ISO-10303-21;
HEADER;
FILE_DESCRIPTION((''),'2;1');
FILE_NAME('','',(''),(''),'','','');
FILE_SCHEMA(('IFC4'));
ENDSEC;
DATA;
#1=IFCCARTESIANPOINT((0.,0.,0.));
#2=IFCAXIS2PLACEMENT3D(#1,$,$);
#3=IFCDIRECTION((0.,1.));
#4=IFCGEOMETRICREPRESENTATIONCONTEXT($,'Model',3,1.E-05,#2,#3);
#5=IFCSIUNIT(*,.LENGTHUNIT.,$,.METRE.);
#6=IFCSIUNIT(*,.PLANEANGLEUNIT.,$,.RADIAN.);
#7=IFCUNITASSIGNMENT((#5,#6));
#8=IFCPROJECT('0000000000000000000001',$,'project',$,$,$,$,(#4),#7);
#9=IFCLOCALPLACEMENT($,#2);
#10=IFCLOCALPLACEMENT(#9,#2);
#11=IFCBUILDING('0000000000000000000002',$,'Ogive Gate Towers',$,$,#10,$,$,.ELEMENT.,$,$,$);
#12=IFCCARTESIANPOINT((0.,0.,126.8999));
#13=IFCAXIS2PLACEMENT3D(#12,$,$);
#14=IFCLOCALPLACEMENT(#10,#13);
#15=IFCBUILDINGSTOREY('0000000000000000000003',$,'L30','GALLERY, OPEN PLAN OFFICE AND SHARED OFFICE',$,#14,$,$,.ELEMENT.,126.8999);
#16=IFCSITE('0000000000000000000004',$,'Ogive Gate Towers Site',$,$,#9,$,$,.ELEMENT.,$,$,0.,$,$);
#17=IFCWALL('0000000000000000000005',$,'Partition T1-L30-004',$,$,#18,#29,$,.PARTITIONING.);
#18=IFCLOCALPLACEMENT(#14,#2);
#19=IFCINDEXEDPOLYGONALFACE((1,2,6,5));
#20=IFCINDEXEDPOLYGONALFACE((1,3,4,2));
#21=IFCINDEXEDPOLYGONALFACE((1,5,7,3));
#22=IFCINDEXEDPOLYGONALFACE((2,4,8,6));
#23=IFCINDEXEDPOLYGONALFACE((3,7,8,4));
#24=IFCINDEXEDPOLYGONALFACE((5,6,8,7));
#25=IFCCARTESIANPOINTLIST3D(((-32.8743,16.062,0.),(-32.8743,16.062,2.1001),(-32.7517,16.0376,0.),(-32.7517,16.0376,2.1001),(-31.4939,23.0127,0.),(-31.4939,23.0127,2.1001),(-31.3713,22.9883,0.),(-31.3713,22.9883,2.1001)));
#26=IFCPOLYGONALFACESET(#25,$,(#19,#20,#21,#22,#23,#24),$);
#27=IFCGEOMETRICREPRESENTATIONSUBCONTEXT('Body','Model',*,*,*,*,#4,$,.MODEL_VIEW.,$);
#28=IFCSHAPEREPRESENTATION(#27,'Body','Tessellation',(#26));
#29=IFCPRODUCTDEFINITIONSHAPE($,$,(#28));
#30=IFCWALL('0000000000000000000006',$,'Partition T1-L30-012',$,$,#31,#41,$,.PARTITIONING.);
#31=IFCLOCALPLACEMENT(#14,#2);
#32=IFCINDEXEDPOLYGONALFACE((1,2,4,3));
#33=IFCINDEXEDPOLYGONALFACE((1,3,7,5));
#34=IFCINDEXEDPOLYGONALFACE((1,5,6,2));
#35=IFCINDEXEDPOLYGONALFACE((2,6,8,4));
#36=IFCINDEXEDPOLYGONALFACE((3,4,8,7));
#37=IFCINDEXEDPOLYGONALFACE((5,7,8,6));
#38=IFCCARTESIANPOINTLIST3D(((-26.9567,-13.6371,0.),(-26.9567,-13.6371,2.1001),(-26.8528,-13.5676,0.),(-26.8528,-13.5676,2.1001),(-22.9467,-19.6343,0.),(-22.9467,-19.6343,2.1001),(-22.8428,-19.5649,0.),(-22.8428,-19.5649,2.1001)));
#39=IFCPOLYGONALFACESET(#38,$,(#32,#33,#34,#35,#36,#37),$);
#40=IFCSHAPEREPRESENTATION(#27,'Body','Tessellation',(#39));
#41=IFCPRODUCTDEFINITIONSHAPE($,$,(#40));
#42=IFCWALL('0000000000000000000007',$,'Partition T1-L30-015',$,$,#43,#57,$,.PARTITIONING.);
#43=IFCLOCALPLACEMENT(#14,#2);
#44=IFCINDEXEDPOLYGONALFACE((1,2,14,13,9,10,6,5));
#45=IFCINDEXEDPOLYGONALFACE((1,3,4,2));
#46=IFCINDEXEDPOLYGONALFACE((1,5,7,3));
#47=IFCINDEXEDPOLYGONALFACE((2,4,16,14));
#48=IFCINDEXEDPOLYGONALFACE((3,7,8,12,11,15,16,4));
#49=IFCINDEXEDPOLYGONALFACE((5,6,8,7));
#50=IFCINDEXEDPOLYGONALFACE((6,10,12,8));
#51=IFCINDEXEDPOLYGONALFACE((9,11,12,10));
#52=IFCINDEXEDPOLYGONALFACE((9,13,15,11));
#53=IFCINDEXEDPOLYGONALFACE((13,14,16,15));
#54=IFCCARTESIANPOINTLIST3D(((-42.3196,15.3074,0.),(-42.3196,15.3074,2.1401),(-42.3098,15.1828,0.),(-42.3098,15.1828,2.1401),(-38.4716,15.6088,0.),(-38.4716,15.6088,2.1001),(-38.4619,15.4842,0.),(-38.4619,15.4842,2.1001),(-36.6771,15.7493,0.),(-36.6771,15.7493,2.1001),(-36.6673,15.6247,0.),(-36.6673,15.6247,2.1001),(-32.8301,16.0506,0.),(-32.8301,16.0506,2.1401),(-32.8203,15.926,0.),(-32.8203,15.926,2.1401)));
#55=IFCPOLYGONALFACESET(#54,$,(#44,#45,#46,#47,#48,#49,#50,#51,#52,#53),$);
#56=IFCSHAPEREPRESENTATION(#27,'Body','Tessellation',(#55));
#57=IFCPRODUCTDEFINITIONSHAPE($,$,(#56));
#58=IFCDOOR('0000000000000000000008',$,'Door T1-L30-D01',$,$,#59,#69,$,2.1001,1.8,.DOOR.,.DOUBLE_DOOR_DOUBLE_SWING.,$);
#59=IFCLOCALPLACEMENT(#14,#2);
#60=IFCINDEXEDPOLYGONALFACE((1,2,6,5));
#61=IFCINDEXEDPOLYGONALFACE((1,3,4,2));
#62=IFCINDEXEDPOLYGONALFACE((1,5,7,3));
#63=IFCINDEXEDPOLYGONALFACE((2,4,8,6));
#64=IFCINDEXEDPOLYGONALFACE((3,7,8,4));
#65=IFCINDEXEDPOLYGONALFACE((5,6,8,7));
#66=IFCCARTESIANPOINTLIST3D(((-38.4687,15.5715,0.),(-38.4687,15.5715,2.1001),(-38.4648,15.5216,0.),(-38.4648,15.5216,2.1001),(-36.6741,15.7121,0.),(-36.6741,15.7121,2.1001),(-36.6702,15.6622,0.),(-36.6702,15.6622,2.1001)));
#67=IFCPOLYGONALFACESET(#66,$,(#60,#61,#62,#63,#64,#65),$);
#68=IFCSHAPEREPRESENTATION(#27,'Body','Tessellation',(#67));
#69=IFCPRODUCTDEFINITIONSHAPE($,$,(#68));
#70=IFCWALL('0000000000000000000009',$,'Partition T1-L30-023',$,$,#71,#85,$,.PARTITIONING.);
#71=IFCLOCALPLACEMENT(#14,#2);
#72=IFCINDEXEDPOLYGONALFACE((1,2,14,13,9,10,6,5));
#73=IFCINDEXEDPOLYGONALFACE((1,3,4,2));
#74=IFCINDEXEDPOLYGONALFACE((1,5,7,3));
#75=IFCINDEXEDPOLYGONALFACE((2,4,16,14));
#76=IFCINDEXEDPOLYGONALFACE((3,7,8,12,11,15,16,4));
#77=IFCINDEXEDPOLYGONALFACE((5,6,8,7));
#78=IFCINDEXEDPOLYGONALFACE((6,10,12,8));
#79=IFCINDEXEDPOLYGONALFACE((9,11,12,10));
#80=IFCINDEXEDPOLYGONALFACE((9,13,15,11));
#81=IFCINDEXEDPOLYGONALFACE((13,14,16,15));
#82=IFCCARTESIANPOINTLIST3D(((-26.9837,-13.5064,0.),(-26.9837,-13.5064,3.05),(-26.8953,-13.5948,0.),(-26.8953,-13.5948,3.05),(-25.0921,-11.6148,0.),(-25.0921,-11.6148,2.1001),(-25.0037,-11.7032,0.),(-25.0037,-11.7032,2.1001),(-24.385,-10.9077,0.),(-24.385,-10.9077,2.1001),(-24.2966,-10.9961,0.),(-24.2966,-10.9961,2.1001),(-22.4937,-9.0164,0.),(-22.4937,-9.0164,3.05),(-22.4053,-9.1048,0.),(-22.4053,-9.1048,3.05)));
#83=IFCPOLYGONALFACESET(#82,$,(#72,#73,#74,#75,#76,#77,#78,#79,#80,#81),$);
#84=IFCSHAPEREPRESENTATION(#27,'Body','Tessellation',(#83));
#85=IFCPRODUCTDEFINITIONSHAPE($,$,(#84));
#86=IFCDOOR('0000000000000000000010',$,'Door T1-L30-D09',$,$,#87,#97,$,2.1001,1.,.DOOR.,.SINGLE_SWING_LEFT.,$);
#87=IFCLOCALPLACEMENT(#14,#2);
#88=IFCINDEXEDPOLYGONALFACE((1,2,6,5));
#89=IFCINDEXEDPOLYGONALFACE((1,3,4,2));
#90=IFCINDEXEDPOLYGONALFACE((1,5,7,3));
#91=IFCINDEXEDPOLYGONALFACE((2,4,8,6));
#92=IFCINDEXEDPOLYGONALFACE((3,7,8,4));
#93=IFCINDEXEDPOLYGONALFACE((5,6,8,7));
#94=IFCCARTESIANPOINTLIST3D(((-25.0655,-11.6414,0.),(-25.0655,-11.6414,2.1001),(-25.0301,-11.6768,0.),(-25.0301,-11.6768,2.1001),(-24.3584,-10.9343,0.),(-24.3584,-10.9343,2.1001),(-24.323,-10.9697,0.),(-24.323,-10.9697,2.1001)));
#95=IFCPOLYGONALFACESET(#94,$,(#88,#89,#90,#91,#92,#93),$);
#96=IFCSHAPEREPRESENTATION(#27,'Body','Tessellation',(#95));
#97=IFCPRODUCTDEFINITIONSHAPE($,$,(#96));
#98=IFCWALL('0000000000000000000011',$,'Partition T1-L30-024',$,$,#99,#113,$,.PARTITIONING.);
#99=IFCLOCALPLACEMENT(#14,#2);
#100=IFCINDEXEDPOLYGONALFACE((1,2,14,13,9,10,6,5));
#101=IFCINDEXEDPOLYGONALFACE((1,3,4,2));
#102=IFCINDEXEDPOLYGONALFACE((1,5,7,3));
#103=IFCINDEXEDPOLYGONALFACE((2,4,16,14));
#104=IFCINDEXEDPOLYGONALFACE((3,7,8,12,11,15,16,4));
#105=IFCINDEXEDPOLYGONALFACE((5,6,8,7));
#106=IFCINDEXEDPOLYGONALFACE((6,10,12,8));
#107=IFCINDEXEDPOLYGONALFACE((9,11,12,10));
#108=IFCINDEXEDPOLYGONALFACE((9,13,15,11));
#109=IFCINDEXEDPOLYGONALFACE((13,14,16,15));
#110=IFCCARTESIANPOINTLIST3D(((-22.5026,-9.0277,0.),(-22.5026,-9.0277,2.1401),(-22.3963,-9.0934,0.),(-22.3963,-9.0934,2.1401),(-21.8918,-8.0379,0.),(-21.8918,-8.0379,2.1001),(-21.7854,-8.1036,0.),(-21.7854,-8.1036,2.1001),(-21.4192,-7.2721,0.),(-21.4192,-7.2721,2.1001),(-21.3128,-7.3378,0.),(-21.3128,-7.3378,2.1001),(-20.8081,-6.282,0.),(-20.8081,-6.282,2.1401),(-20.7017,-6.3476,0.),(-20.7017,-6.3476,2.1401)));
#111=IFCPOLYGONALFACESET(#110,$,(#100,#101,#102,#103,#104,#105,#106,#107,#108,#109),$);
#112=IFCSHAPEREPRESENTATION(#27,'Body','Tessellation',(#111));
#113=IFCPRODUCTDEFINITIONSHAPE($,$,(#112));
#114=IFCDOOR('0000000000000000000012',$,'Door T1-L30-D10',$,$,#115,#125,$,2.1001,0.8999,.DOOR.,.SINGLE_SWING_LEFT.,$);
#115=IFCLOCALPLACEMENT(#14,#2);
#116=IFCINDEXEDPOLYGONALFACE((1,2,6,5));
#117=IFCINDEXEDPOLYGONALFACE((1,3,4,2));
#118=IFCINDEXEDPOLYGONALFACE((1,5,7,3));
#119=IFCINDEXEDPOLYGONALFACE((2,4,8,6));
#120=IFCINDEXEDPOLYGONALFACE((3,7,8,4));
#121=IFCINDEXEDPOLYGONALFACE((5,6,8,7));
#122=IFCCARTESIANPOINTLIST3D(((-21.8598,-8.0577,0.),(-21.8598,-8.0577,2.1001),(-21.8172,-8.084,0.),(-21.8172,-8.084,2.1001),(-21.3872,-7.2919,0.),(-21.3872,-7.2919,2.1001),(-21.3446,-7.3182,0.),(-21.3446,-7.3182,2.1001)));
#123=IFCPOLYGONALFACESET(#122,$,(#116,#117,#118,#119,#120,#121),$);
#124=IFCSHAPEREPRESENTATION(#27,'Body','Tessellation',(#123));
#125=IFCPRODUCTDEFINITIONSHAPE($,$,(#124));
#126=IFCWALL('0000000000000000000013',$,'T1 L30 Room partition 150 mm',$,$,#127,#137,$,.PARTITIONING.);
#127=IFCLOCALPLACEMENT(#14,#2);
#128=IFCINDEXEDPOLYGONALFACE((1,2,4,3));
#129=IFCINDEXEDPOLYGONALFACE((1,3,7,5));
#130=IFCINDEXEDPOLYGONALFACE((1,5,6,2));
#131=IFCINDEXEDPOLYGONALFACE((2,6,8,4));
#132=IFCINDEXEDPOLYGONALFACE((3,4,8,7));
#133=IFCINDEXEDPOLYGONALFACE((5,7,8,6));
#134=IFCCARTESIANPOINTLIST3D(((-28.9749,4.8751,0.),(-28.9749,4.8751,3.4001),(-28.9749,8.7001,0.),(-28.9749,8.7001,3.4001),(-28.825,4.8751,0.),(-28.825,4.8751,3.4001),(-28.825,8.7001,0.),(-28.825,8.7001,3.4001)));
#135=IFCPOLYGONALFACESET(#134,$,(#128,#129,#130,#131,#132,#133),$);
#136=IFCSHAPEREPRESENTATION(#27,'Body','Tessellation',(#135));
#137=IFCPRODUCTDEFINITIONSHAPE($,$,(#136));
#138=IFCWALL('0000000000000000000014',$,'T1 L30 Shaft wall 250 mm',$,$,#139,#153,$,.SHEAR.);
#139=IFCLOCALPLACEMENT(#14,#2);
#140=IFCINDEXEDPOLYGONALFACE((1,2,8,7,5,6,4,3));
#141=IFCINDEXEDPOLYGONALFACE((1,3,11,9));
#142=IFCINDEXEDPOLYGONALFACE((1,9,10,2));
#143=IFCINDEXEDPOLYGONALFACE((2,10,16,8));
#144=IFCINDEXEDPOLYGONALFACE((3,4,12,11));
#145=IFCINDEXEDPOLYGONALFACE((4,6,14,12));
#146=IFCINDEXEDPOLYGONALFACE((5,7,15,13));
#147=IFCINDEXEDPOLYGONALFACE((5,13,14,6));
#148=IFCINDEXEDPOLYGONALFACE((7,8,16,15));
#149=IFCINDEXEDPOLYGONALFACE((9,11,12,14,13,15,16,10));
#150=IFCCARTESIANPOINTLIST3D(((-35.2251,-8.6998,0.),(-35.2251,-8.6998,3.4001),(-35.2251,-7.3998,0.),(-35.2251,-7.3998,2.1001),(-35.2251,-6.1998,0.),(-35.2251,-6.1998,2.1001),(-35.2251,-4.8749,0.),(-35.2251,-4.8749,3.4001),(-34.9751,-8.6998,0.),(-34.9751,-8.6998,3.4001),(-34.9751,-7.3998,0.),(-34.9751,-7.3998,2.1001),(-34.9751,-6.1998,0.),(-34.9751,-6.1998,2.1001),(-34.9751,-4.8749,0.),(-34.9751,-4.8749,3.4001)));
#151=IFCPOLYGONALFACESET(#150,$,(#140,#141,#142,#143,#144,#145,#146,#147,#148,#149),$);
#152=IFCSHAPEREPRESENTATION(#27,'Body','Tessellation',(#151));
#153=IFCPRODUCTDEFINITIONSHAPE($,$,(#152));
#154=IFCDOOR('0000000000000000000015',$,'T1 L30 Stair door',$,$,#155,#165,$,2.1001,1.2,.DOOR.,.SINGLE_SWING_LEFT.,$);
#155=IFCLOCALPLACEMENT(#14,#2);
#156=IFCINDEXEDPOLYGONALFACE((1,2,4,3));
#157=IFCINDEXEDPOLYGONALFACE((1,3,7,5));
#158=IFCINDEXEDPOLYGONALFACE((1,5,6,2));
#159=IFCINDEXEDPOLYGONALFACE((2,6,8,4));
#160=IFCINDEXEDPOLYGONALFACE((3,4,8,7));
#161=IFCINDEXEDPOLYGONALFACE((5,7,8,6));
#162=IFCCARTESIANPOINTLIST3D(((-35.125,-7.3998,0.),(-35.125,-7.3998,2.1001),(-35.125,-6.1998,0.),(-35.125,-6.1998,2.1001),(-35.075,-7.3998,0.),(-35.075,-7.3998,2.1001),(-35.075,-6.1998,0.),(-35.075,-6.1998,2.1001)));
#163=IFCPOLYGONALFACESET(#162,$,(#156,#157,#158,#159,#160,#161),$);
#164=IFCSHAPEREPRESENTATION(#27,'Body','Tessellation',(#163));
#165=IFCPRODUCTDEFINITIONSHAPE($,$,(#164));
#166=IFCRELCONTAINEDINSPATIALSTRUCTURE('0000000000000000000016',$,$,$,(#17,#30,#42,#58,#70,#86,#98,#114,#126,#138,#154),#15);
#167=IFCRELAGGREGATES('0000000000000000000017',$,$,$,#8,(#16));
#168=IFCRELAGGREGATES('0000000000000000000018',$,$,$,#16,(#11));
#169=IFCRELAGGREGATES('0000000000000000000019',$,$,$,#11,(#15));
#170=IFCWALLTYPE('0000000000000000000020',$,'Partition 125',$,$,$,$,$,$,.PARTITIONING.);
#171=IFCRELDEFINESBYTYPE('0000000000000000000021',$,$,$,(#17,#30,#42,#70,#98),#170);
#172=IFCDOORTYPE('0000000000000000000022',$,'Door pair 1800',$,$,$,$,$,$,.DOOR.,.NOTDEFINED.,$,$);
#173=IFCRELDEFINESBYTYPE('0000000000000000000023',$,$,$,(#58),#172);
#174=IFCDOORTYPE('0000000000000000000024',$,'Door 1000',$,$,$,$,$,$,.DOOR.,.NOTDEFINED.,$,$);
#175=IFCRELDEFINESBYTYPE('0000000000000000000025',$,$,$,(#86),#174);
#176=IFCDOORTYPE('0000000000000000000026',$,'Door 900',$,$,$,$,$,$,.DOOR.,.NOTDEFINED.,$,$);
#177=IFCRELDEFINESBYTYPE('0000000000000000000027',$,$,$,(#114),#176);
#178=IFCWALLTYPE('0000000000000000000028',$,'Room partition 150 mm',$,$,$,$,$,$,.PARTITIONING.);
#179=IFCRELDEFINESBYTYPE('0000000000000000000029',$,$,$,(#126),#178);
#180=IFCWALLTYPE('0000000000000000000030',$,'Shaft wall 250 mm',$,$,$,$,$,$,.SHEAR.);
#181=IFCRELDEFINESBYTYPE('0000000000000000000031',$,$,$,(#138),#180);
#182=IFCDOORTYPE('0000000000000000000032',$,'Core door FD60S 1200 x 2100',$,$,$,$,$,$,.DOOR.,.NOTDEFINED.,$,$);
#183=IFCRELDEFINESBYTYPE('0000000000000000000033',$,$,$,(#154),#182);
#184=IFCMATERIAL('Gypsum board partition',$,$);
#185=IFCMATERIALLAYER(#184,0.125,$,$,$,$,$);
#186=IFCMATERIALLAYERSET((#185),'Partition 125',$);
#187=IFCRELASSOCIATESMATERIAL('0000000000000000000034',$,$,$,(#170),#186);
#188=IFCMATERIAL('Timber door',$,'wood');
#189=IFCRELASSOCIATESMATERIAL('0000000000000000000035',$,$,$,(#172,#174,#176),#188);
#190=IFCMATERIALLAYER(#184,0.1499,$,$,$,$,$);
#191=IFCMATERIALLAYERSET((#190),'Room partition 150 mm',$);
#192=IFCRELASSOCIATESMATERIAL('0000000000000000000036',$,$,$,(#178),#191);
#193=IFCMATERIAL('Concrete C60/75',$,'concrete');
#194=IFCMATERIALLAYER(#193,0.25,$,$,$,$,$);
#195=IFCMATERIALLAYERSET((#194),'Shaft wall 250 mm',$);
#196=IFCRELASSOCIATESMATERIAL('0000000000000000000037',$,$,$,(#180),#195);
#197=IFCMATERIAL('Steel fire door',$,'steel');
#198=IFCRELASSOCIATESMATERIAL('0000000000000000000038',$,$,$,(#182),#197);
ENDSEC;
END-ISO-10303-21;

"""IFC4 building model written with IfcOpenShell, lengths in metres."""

from ifc_helpers import new_model, si_unit, direction, frame, frame_2d, origin, place, context, subcontext, project, spatial, rectangle, extrude, material, layer, layer_set, type_object, element, fill, save


model = new_model("IFC4")

# Units and contexts
model_context = context("Model", 3, precision=1e-05, world=origin(), true_north=direction((0.0, 1.0)))
body_context = subcontext(model_context, "Body", "Model", "MODEL_VIEW")
ifc_project = project(units=[si_unit("LENGTHUNIT", "METRE"), si_unit("PLANEANGLEUNIT", "RADIAN")], contexts=[model_context])

# Site, building, storey
site_placement = place(None, origin())
site = spatial("IfcSite", under=ifc_project, at=site_placement, Name="Ogive Gate Towers Site", CompositionType="ELEMENT", RefElevation=0.0)
building_placement = place(site_placement, origin())
building = spatial("IfcBuilding", under=site, at=building_placement, Name="Ogive Gate Towers", CompositionType="ELEMENT")
storey_placement = place(building_placement, frame((0.0, 0.0, 126.8999)))
storey = spatial("IfcBuildingStorey", under=building, at=storey_placement, Name="L30", Description="GALLERY, OPEN PLAN OFFICE AND SHARED OFFICE", CompositionType="ELEMENT", Elevation=126.8999)

# Shared definitions
ifc_material_1 = material(Name="Concrete C60/75", Category="concrete")
ifc_material_2 = material(Name="Steel fire door", Category="steel")

# Walls
ifc_material_3 = material(Name="Gypsum board partition")
ifc_layer_1 = layer(ifc_material_3, 0.125)
ifc_layer_set_1 = layer_set([ifc_layer_1], Name="Partition 125")
wall_type_1 = type_object("IfcWallType", Name="Partition 125", PredefinedType="PARTITIONING", material=ifc_layer_set_1)
wall_1_placement = place(storey_placement, frame((-31.4326, 23.0005, 0.0), z_axis=(0.0, 0.0, 1.0), x_axis=(-0.194791, -0.980845, 0.0)))
element("IfcWall", 1, at=wall_1_placement, inside=storey, type_object=wall_type_1, Name="Partition T1-L30-004", PredefinedType="PARTITIONING", context=body_context, shape_type="SweptSolid", body=[
    extrude(rectangle(XDim=7.0864, YDim=0.125, at=frame_2d((3.5432, 0.0))), origin(), (0.0, 0.0, 1.0), 2.1001),
])
wall_2_placement = place(storey_placement, frame((-22.8948, -19.5996, 0.0), z_axis=(0.0, 0.0, 1.0), x_axis=(-0.555832, 0.831295, 0.0)))
element("IfcWall", 2, at=wall_2_placement, inside=storey, type_object=wall_type_1, Name="Partition T1-L30-012", PredefinedType="PARTITIONING", context=body_context, shape_type="SweptSolid", body=[
    extrude(rectangle(XDim=7.2144, YDim=0.125, at=frame_2d((3.6072, 0.0))), origin(), (0.0, 0.0, 1.0), 2.1001),
])

# Walls, openings, doors
wall_3_placement = place(storey_placement, frame((-32.8252, 15.9883, 0.0), z_axis=(0.0, 0.0, 1.0), x_axis=(-0.996947, -0.078075, 0.0)))
wall_3 = element("IfcWall", 3, at=wall_3_placement, inside=storey, type_object=wall_type_1, Name="Partition T1-L30-015", PredefinedType="PARTITIONING", context=body_context, shape_type="SweptSolid", body=[
    extrude(rectangle(XDim=9.5186, YDim=0.125, at=frame_2d((4.7593, 0.0))), origin(), (0.0, 0.0, 1.0), 2.1401),
])
opening_1_placement = place(wall_3_placement, frame((3.8589, 0.0, 0.0)))
opening_1 = element("IfcOpeningElement", 4, at=opening_1_placement, cuts=wall_3, PredefinedType="OPENING", context=body_context, shape_type="SweptSolid", body=[
    extrude(rectangle(XDim=1.8, YDim=2.1001, at=frame_2d((0.8999, 1.05))), frame((0.0, 0.0725, 0.0), z_axis=(0.0, -1.0, 0.0), x_axis=(1.0, 0.0, 0.0)), (0.0, 0.0, 1.0), 0.145),
])
ifc_material_4 = material(Name="Timber door", Category="wood")
door_type_1 = type_object("IfcDoorType", Name="Door pair 1800", OperationType="NOTDEFINED", PredefinedType="DOOR", material=ifc_material_4)
door_1_placement = place(opening_1_placement, origin())
door_1 = element("IfcDoor", 5, at=door_1_placement, inside=storey, type_object=door_type_1, Name="Door T1-L30-D01", OperationType="DOUBLE_DOOR_DOUBLE_SWING", OverallHeight=2.1001, OverallWidth=1.8, PredefinedType="DOOR", context=body_context, shape_type="SweptSolid", body=[
    extrude(rectangle(XDim=1.8, YDim=2.1001, at=frame_2d((0.8999, 1.05))), frame((0.0, 0.0249, 0.0), z_axis=(0.0, -1.0, 0.0), x_axis=(1.0, 0.0, 0.0)), (0.0, 0.0, 1.0), 0.05),
])
fill(opening_1, door_1)
wall_4_placement = place(storey_placement, frame((-26.9395, -13.5505, 0.0), z_axis=(0.0, 0.0, 1.0), x_axis=(0.707107, 0.707107, 0.0)))
wall_4 = element("IfcWall", 6, at=wall_4_placement, inside=storey, type_object=wall_type_1, Name="Partition T1-L30-023", PredefinedType="PARTITIONING", context=body_context, shape_type="SweptSolid", body=[
    extrude(rectangle(XDim=6.3499, YDim=0.125, at=frame_2d((3.1748, 0.0))), origin(), (0.0, 0.0, 1.0), 3.05),
])
opening_2_placement = place(wall_4_placement, frame((2.675, 0.0, 0.0)))
opening_2 = element("IfcOpeningElement", 7, at=opening_2_placement, cuts=wall_4, PredefinedType="OPENING", context=body_context, shape_type="SweptSolid", body=[
    extrude(rectangle(XDim=1.0, YDim=2.1001, at=frame_2d((0.5, 1.05))), frame((0.0, 0.0725, 0.0), z_axis=(0.0, -1.0, 0.0), x_axis=(1.0, 0.0, 0.0)), (0.0, 0.0, 1.0), 0.145),
])
door_type_2 = type_object("IfcDoorType", Name="Door 1000", OperationType="NOTDEFINED", PredefinedType="DOOR", material=ifc_material_4)
door_2_placement = place(opening_2_placement, origin())
door_2 = element("IfcDoor", 8, at=door_2_placement, inside=storey, type_object=door_type_2, Name="Door T1-L30-D09", OperationType="SINGLE_SWING_LEFT", OverallHeight=2.1001, OverallWidth=1.0, PredefinedType="DOOR", context=body_context, shape_type="SweptSolid", body=[
    extrude(rectangle(XDim=1.0, YDim=2.1001, at=frame_2d((0.5, 1.05))), frame((0.0, 0.0249, 0.0), z_axis=(0.0, -1.0, 0.0), x_axis=(1.0, 0.0, 0.0)), (0.0, 0.0, 1.0), 0.05),
])
fill(opening_2, door_2)
wall_5_placement = place(storey_placement, frame((-22.4495, -9.0605, 0.0), z_axis=(0.0, 0.0, 1.0), x_axis=(0.525182, 0.85099, 0.0)))
wall_5 = element("IfcWall", 9, at=wall_5_placement, inside=storey, type_object=wall_type_1, Name="Partition T1-L30-024", PredefinedType="PARTITIONING", context=body_context, shape_type="SweptSolid", body=[
    extrude(rectangle(XDim=3.2266, YDim=0.125, at=frame_2d((1.6133, 0.0))), origin(), (0.0, 0.0, 1.0), 2.1401),
])
opening_3_placement = place(wall_5_placement, frame((1.1631, 0.0, 0.0)))
opening_3 = element("IfcOpeningElement", 10, at=opening_3_placement, cuts=wall_5, PredefinedType="OPENING", context=body_context, shape_type="SweptSolid", body=[
    extrude(rectangle(XDim=0.8999, YDim=2.1001, at=frame_2d((0.45, 1.05))), frame((0.0, 0.0725, 0.0), z_axis=(0.0, -1.0, 0.0), x_axis=(1.0, 0.0, 0.0)), (0.0, 0.0, 1.0), 0.145),
])
door_type_3 = type_object("IfcDoorType", Name="Door 900", OperationType="NOTDEFINED", PredefinedType="DOOR", material=ifc_material_4)
door_3_placement = place(opening_3_placement, origin())
door_3 = element("IfcDoor", 11, at=door_3_placement, inside=storey, type_object=door_type_3, Name="Door T1-L30-D10", OperationType="SINGLE_SWING_LEFT", OverallHeight=2.1001, OverallWidth=0.8999, PredefinedType="DOOR", context=body_context, shape_type="SweptSolid", body=[
    extrude(rectangle(XDim=0.8999, YDim=2.1001, at=frame_2d((0.45, 1.05))), frame((0.0, 0.0249, 0.0), z_axis=(0.0, -1.0, 0.0), x_axis=(1.0, 0.0, 0.0)), (0.0, 0.0, 1.0), 0.05),
])
fill(opening_3, door_3)

# Wall
ifc_layer_2 = layer(ifc_material_3, 0.1499)
ifc_layer_set_2 = layer_set([ifc_layer_2], Name="Room partition 150 mm")
wall_type_2 = type_object("IfcWallType", Name="Room partition 150 mm", PredefinedType="PARTITIONING", material=ifc_layer_set_2)
wall_6_placement = place(storey_placement, frame((-28.8999, 4.875, 0.0), z_axis=(0.0, 0.0, 1.0), x_axis=(0.0, 1.0, 0.0)))
element("IfcWall", 12, at=wall_6_placement, inside=storey, type_object=wall_type_2, Name="T1 L30 Room partition 150 mm", PredefinedType="PARTITIONING", context=body_context, shape_type="SweptSolid", body=[
    extrude(rectangle(XDim=3.825, YDim=0.1499, at=frame_2d((1.9126, 0.0))), origin(), (0.0, 0.0, 1.0), 3.4001),
])

# Wall, opening, door
ifc_layer_3 = layer(ifc_material_1, 0.25)
ifc_layer_set_3 = layer_set([ifc_layer_3], Name="Shaft wall 250 mm")
wall_type_3 = type_object("IfcWallType", Name="Shaft wall 250 mm", PredefinedType="SHEAR", material=ifc_layer_set_3)
wall_7_placement = place(storey_placement, frame((-35.1001, -8.7, 0.0), z_axis=(0.0, 0.0, 1.0), x_axis=(0.0, 1.0, 0.0)))
wall_7 = element("IfcWall", 13, at=wall_7_placement, inside=storey, type_object=wall_type_3, Name="T1 L30 Shaft wall 250 mm", PredefinedType="SHEAR", context=body_context, shape_type="SweptSolid", body=[
    extrude(rectangle(XDim=3.825, YDim=0.25, at=frame_2d((1.9126, 0.0))), origin(), (0.0, 0.0, 1.0), 3.4001),
])
opening_4_placement = place(wall_7_placement, frame((1.3, 0.0, 0.0)))
opening_4 = element("IfcOpeningElement", 14, at=opening_4_placement, cuts=wall_7, PredefinedType="OPENING", context=body_context, shape_type="SweptSolid", body=[
    extrude(rectangle(XDim=1.2, YDim=2.1001, at=frame_2d((0.6001, 1.05))), frame((0.0, 0.135, 0.0), z_axis=(0.0, -1.0, 0.0), x_axis=(1.0, 0.0, 0.0)), (0.0, 0.0, 1.0), 0.27),
])
door_type_4 = type_object("IfcDoorType", Name="Core door FD60S 1200 x 2100", OperationType="NOTDEFINED", PredefinedType="DOOR", material=ifc_material_2)
door_4_placement = place(opening_4_placement, origin())
door_4 = element("IfcDoor", 15, at=door_4_placement, inside=storey, type_object=door_type_4, Name="T1 L30 Stair door", OperationType="SINGLE_SWING_LEFT", OverallHeight=2.1001, OverallWidth=1.2, PredefinedType="DOOR", context=body_context, shape_type="SweptSolid", body=[
    extrude(rectangle(XDim=1.2, YDim=2.1001, at=frame_2d((0.6001, 1.05))), frame((0.0, 0.0249, 0.0), z_axis=(0.0, -1.0, 0.0), x_axis=(1.0, 0.0, 0.0)), (0.0, 0.0, 1.0), 0.05),
])
fill(opening_4, door_4)

save(model, "model.ifc")
